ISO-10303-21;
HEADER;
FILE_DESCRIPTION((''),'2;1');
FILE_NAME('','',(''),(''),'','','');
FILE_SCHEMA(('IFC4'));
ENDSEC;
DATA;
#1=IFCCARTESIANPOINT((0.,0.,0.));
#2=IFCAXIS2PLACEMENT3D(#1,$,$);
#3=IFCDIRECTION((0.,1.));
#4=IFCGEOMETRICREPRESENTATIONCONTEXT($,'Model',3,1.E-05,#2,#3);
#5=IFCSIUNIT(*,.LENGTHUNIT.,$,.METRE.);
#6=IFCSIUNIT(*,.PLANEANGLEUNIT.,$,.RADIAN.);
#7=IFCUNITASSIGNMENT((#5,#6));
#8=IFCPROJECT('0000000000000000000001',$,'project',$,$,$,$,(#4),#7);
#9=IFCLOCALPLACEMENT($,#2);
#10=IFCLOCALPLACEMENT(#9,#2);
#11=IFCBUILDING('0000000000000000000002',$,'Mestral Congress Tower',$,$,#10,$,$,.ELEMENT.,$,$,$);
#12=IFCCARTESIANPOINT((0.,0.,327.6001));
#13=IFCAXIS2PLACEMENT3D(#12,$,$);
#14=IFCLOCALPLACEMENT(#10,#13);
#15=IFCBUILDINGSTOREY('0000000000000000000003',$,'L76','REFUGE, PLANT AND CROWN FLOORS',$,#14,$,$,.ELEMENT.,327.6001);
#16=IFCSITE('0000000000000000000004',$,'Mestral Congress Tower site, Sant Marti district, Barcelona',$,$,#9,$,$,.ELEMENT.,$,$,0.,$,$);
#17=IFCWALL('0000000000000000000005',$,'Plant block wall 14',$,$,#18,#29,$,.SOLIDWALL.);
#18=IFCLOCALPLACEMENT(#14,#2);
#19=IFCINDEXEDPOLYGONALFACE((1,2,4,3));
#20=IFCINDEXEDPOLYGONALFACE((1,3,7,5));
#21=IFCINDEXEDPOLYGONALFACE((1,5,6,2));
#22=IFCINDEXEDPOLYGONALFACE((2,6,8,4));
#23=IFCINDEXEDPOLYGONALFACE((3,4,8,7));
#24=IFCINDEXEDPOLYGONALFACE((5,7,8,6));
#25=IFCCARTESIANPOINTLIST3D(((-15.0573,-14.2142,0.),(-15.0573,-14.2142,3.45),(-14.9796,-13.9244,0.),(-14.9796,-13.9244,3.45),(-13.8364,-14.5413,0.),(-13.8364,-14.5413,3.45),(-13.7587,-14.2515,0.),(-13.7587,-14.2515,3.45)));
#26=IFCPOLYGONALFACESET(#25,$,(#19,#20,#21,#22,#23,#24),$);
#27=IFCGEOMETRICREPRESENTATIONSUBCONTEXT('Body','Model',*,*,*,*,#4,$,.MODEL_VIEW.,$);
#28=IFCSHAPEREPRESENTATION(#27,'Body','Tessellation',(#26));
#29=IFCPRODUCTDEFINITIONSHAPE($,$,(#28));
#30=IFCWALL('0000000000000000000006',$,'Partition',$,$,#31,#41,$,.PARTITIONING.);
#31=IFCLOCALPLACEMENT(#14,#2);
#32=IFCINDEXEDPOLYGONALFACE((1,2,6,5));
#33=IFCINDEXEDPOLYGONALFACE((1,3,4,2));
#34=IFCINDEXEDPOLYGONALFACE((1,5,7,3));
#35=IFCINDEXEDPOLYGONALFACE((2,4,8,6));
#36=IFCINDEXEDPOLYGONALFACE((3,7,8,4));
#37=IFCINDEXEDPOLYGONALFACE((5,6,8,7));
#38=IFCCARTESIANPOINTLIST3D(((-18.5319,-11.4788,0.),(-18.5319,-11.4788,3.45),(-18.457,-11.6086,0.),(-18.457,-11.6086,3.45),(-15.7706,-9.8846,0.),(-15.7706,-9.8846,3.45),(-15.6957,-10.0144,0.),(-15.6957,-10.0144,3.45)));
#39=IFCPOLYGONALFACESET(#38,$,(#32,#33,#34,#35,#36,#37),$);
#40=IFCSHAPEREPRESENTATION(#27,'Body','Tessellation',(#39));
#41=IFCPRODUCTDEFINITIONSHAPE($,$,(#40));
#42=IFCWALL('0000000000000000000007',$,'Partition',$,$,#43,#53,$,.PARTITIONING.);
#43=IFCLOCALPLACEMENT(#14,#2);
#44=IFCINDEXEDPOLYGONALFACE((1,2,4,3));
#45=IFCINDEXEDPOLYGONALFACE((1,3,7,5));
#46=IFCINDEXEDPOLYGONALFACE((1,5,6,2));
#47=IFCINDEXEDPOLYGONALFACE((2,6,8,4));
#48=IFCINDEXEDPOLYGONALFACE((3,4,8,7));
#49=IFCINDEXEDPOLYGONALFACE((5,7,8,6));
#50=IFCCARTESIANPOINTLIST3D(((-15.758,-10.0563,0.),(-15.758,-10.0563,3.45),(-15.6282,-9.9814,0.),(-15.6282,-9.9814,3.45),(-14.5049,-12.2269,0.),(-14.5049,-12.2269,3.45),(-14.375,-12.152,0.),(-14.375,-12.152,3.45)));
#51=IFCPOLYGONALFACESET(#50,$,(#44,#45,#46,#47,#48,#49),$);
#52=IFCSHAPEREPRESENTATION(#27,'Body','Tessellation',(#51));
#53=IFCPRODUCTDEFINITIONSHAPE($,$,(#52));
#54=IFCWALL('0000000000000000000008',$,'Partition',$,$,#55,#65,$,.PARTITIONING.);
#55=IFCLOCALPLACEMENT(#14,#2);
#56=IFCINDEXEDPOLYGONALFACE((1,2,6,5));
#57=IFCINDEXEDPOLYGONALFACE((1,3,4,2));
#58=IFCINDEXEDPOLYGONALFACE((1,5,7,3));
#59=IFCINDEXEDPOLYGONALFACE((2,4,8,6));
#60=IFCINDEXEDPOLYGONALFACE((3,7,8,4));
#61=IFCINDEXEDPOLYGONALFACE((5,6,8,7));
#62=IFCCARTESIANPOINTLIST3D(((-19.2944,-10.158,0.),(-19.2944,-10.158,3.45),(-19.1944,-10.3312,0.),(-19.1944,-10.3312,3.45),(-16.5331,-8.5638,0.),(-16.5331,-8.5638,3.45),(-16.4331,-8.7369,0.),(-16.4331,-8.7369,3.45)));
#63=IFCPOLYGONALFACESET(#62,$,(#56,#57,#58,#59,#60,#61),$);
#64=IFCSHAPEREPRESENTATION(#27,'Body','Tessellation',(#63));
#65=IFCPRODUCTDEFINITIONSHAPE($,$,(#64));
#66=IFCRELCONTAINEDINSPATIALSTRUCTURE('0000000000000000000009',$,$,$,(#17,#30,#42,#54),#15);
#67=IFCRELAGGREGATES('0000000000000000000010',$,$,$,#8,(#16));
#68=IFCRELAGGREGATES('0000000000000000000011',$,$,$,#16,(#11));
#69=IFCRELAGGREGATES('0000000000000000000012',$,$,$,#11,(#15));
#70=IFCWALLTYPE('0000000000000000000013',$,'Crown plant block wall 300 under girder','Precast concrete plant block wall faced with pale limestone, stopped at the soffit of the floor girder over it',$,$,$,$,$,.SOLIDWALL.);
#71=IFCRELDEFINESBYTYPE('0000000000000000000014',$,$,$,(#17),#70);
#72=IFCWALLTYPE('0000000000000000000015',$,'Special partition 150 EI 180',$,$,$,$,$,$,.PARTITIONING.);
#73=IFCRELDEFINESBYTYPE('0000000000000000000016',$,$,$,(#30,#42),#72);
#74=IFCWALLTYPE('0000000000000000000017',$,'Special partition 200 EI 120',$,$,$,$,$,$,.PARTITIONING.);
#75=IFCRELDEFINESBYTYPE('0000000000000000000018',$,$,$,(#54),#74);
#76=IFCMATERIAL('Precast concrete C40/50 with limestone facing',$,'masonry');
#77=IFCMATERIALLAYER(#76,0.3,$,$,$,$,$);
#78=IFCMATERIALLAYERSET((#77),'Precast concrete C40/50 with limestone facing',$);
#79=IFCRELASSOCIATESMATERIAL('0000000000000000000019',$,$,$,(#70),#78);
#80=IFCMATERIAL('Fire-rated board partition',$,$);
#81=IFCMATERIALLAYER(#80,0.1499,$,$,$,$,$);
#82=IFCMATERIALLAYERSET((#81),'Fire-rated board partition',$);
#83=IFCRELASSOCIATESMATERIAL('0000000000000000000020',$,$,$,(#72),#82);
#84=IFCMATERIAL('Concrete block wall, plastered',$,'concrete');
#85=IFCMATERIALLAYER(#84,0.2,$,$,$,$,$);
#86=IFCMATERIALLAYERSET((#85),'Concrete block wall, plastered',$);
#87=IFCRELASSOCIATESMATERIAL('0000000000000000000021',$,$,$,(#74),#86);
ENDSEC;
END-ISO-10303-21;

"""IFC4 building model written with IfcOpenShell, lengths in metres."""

from ifc_helpers import new_model, si_unit, direction, frame, frame_2d, origin, place, context, subcontext, project, spatial, rectangle, extrude, material, layer, layer_set, type_object, element, save


model = new_model("IFC4")

# Units and contexts
model_context = context("Model", 3, precision=1e-05, world=origin(), true_north=direction((0.0, 1.0)))
body_context = subcontext(model_context, "Body", "Model", "MODEL_VIEW")
ifc_project = project(units=[si_unit("LENGTHUNIT", "METRE"), si_unit("PLANEANGLEUNIT", "RADIAN")], contexts=[model_context])

# Site, building, storey
site_placement = place(None, origin())
site = spatial("IfcSite", under=ifc_project, at=site_placement, Name="Mestral Congress Tower site, Sant Marti district, Barcelona", CompositionType="ELEMENT", RefElevation=0.0)
building_placement = place(site_placement, origin())
building = spatial("IfcBuilding", under=site, at=building_placement, Name="Mestral Congress Tower", CompositionType="ELEMENT")
storey_placement = place(building_placement, frame((0.0, 0.0, 327.6001)))
storey = spatial("IfcBuildingStorey", under=building, at=storey_placement, Name="L76", Description="REFUGE, PLANT AND CROWN FLOORS", CompositionType="ELEMENT", Elevation=327.6001)

# Walls
ifc_material_1 = material(Name="Precast concrete C40/50 with limestone facing", Category="masonry")
ifc_layer_1 = layer(ifc_material_1, 0.3)
ifc_layer_set_1 = layer_set([ifc_layer_1], Name="Precast concrete C40/50 with limestone facing")
wall_type_1 = type_object("IfcWallType", Name="Crown plant block wall 300 under girder", Description="Precast concrete plant block wall faced with pale limestone, stopped at the soffit of the floor girder over it", PredefinedType="SOLIDWALL", material=ifc_layer_set_1)
wall_1_placement = place(storey_placement, frame((-15.0183, -14.0693, 0.0), z_axis=(0.0, 0.0, 1.0), x_axis=(0.965926, -0.258817, 0.0)))
element("IfcWall", 1, at=wall_1_placement, inside=storey, type_object=wall_type_1, Name="Plant block wall 14", PredefinedType="SOLIDWALL", context=body_context, shape_type="SweptSolid", body=[
    extrude(rectangle(XDim=1.2639, YDim=0.3, at=frame_2d((0.6318, 0.0))), origin(), (0.0, 0.0, 1.0), 3.45),
])
ifc_material_2 = material(Name="Fire-rated board partition")
ifc_layer_2 = layer(ifc_material_2, 0.1499)
ifc_layer_set_2 = layer_set([ifc_layer_2], Name="Fire-rated board partition")
wall_type_2 = type_object("IfcWallType", Name="Special partition 150 EI 180", PredefinedType="PARTITIONING", material=ifc_layer_set_2)
wall_2_placement = place(storey_placement, frame((-15.7332, -9.9495, 0.0), z_axis=(0.0, 0.0, 1.0), x_axis=(-0.86602, -0.50001, 0.0)))
element("IfcWall", 2, at=wall_2_placement, inside=storey, type_object=wall_type_2, Name="Partition", PredefinedType="PARTITIONING", context=body_context, shape_type="SweptSolid", body=[
    extrude(rectangle(XDim=3.1885, YDim=0.1499, at=frame_2d((1.5942, 0.0))), origin(), (0.0, 0.0, 1.0), 3.45),
])
wall_3_placement = place(storey_placement, frame((-14.4399, -12.1895, 0.0), z_axis=(0.0, 0.0, 1.0), x_axis=(-0.499984, 0.866035, 0.0)))
element("IfcWall", 3, at=wall_3_placement, inside=storey, type_object=wall_type_2, Name="Partition", PredefinedType="PARTITIONING", context=body_context, shape_type="SweptSolid", body=[
    extrude(rectangle(XDim=2.5063, YDim=0.1499, at=frame_2d((1.2532, 0.0))), origin(), (0.0, 0.0, 1.0), 3.45),
])
ifc_material_3 = material(Name="Concrete block wall, plastered", Category="concrete")
ifc_layer_3 = layer(ifc_material_3, 0.2)
ifc_layer_set_3 = layer_set([ifc_layer_3], Name="Concrete block wall, plastered")
wall_type_3 = type_object("IfcWallType", Name="Special partition 200 EI 120", PredefinedType="PARTITIONING", material=ifc_layer_set_3)
wall_4_placement = place(storey_placement, frame((-19.2444, -10.2446, 0.0), z_axis=(0.0, 0.0, 1.0), x_axis=(0.86602, 0.50001, 0.0)))
element("IfcWall", 4, at=wall_4_placement, inside=storey, type_object=wall_type_3, Name="Partition", PredefinedType="PARTITIONING", context=body_context, shape_type="SweptSolid", body=[
    extrude(rectangle(XDim=3.1885, YDim=0.2, at=frame_2d((1.5942, 0.0))), origin(), (0.0, 0.0, 1.0), 3.45),
])

save(model, "model.ifc")
